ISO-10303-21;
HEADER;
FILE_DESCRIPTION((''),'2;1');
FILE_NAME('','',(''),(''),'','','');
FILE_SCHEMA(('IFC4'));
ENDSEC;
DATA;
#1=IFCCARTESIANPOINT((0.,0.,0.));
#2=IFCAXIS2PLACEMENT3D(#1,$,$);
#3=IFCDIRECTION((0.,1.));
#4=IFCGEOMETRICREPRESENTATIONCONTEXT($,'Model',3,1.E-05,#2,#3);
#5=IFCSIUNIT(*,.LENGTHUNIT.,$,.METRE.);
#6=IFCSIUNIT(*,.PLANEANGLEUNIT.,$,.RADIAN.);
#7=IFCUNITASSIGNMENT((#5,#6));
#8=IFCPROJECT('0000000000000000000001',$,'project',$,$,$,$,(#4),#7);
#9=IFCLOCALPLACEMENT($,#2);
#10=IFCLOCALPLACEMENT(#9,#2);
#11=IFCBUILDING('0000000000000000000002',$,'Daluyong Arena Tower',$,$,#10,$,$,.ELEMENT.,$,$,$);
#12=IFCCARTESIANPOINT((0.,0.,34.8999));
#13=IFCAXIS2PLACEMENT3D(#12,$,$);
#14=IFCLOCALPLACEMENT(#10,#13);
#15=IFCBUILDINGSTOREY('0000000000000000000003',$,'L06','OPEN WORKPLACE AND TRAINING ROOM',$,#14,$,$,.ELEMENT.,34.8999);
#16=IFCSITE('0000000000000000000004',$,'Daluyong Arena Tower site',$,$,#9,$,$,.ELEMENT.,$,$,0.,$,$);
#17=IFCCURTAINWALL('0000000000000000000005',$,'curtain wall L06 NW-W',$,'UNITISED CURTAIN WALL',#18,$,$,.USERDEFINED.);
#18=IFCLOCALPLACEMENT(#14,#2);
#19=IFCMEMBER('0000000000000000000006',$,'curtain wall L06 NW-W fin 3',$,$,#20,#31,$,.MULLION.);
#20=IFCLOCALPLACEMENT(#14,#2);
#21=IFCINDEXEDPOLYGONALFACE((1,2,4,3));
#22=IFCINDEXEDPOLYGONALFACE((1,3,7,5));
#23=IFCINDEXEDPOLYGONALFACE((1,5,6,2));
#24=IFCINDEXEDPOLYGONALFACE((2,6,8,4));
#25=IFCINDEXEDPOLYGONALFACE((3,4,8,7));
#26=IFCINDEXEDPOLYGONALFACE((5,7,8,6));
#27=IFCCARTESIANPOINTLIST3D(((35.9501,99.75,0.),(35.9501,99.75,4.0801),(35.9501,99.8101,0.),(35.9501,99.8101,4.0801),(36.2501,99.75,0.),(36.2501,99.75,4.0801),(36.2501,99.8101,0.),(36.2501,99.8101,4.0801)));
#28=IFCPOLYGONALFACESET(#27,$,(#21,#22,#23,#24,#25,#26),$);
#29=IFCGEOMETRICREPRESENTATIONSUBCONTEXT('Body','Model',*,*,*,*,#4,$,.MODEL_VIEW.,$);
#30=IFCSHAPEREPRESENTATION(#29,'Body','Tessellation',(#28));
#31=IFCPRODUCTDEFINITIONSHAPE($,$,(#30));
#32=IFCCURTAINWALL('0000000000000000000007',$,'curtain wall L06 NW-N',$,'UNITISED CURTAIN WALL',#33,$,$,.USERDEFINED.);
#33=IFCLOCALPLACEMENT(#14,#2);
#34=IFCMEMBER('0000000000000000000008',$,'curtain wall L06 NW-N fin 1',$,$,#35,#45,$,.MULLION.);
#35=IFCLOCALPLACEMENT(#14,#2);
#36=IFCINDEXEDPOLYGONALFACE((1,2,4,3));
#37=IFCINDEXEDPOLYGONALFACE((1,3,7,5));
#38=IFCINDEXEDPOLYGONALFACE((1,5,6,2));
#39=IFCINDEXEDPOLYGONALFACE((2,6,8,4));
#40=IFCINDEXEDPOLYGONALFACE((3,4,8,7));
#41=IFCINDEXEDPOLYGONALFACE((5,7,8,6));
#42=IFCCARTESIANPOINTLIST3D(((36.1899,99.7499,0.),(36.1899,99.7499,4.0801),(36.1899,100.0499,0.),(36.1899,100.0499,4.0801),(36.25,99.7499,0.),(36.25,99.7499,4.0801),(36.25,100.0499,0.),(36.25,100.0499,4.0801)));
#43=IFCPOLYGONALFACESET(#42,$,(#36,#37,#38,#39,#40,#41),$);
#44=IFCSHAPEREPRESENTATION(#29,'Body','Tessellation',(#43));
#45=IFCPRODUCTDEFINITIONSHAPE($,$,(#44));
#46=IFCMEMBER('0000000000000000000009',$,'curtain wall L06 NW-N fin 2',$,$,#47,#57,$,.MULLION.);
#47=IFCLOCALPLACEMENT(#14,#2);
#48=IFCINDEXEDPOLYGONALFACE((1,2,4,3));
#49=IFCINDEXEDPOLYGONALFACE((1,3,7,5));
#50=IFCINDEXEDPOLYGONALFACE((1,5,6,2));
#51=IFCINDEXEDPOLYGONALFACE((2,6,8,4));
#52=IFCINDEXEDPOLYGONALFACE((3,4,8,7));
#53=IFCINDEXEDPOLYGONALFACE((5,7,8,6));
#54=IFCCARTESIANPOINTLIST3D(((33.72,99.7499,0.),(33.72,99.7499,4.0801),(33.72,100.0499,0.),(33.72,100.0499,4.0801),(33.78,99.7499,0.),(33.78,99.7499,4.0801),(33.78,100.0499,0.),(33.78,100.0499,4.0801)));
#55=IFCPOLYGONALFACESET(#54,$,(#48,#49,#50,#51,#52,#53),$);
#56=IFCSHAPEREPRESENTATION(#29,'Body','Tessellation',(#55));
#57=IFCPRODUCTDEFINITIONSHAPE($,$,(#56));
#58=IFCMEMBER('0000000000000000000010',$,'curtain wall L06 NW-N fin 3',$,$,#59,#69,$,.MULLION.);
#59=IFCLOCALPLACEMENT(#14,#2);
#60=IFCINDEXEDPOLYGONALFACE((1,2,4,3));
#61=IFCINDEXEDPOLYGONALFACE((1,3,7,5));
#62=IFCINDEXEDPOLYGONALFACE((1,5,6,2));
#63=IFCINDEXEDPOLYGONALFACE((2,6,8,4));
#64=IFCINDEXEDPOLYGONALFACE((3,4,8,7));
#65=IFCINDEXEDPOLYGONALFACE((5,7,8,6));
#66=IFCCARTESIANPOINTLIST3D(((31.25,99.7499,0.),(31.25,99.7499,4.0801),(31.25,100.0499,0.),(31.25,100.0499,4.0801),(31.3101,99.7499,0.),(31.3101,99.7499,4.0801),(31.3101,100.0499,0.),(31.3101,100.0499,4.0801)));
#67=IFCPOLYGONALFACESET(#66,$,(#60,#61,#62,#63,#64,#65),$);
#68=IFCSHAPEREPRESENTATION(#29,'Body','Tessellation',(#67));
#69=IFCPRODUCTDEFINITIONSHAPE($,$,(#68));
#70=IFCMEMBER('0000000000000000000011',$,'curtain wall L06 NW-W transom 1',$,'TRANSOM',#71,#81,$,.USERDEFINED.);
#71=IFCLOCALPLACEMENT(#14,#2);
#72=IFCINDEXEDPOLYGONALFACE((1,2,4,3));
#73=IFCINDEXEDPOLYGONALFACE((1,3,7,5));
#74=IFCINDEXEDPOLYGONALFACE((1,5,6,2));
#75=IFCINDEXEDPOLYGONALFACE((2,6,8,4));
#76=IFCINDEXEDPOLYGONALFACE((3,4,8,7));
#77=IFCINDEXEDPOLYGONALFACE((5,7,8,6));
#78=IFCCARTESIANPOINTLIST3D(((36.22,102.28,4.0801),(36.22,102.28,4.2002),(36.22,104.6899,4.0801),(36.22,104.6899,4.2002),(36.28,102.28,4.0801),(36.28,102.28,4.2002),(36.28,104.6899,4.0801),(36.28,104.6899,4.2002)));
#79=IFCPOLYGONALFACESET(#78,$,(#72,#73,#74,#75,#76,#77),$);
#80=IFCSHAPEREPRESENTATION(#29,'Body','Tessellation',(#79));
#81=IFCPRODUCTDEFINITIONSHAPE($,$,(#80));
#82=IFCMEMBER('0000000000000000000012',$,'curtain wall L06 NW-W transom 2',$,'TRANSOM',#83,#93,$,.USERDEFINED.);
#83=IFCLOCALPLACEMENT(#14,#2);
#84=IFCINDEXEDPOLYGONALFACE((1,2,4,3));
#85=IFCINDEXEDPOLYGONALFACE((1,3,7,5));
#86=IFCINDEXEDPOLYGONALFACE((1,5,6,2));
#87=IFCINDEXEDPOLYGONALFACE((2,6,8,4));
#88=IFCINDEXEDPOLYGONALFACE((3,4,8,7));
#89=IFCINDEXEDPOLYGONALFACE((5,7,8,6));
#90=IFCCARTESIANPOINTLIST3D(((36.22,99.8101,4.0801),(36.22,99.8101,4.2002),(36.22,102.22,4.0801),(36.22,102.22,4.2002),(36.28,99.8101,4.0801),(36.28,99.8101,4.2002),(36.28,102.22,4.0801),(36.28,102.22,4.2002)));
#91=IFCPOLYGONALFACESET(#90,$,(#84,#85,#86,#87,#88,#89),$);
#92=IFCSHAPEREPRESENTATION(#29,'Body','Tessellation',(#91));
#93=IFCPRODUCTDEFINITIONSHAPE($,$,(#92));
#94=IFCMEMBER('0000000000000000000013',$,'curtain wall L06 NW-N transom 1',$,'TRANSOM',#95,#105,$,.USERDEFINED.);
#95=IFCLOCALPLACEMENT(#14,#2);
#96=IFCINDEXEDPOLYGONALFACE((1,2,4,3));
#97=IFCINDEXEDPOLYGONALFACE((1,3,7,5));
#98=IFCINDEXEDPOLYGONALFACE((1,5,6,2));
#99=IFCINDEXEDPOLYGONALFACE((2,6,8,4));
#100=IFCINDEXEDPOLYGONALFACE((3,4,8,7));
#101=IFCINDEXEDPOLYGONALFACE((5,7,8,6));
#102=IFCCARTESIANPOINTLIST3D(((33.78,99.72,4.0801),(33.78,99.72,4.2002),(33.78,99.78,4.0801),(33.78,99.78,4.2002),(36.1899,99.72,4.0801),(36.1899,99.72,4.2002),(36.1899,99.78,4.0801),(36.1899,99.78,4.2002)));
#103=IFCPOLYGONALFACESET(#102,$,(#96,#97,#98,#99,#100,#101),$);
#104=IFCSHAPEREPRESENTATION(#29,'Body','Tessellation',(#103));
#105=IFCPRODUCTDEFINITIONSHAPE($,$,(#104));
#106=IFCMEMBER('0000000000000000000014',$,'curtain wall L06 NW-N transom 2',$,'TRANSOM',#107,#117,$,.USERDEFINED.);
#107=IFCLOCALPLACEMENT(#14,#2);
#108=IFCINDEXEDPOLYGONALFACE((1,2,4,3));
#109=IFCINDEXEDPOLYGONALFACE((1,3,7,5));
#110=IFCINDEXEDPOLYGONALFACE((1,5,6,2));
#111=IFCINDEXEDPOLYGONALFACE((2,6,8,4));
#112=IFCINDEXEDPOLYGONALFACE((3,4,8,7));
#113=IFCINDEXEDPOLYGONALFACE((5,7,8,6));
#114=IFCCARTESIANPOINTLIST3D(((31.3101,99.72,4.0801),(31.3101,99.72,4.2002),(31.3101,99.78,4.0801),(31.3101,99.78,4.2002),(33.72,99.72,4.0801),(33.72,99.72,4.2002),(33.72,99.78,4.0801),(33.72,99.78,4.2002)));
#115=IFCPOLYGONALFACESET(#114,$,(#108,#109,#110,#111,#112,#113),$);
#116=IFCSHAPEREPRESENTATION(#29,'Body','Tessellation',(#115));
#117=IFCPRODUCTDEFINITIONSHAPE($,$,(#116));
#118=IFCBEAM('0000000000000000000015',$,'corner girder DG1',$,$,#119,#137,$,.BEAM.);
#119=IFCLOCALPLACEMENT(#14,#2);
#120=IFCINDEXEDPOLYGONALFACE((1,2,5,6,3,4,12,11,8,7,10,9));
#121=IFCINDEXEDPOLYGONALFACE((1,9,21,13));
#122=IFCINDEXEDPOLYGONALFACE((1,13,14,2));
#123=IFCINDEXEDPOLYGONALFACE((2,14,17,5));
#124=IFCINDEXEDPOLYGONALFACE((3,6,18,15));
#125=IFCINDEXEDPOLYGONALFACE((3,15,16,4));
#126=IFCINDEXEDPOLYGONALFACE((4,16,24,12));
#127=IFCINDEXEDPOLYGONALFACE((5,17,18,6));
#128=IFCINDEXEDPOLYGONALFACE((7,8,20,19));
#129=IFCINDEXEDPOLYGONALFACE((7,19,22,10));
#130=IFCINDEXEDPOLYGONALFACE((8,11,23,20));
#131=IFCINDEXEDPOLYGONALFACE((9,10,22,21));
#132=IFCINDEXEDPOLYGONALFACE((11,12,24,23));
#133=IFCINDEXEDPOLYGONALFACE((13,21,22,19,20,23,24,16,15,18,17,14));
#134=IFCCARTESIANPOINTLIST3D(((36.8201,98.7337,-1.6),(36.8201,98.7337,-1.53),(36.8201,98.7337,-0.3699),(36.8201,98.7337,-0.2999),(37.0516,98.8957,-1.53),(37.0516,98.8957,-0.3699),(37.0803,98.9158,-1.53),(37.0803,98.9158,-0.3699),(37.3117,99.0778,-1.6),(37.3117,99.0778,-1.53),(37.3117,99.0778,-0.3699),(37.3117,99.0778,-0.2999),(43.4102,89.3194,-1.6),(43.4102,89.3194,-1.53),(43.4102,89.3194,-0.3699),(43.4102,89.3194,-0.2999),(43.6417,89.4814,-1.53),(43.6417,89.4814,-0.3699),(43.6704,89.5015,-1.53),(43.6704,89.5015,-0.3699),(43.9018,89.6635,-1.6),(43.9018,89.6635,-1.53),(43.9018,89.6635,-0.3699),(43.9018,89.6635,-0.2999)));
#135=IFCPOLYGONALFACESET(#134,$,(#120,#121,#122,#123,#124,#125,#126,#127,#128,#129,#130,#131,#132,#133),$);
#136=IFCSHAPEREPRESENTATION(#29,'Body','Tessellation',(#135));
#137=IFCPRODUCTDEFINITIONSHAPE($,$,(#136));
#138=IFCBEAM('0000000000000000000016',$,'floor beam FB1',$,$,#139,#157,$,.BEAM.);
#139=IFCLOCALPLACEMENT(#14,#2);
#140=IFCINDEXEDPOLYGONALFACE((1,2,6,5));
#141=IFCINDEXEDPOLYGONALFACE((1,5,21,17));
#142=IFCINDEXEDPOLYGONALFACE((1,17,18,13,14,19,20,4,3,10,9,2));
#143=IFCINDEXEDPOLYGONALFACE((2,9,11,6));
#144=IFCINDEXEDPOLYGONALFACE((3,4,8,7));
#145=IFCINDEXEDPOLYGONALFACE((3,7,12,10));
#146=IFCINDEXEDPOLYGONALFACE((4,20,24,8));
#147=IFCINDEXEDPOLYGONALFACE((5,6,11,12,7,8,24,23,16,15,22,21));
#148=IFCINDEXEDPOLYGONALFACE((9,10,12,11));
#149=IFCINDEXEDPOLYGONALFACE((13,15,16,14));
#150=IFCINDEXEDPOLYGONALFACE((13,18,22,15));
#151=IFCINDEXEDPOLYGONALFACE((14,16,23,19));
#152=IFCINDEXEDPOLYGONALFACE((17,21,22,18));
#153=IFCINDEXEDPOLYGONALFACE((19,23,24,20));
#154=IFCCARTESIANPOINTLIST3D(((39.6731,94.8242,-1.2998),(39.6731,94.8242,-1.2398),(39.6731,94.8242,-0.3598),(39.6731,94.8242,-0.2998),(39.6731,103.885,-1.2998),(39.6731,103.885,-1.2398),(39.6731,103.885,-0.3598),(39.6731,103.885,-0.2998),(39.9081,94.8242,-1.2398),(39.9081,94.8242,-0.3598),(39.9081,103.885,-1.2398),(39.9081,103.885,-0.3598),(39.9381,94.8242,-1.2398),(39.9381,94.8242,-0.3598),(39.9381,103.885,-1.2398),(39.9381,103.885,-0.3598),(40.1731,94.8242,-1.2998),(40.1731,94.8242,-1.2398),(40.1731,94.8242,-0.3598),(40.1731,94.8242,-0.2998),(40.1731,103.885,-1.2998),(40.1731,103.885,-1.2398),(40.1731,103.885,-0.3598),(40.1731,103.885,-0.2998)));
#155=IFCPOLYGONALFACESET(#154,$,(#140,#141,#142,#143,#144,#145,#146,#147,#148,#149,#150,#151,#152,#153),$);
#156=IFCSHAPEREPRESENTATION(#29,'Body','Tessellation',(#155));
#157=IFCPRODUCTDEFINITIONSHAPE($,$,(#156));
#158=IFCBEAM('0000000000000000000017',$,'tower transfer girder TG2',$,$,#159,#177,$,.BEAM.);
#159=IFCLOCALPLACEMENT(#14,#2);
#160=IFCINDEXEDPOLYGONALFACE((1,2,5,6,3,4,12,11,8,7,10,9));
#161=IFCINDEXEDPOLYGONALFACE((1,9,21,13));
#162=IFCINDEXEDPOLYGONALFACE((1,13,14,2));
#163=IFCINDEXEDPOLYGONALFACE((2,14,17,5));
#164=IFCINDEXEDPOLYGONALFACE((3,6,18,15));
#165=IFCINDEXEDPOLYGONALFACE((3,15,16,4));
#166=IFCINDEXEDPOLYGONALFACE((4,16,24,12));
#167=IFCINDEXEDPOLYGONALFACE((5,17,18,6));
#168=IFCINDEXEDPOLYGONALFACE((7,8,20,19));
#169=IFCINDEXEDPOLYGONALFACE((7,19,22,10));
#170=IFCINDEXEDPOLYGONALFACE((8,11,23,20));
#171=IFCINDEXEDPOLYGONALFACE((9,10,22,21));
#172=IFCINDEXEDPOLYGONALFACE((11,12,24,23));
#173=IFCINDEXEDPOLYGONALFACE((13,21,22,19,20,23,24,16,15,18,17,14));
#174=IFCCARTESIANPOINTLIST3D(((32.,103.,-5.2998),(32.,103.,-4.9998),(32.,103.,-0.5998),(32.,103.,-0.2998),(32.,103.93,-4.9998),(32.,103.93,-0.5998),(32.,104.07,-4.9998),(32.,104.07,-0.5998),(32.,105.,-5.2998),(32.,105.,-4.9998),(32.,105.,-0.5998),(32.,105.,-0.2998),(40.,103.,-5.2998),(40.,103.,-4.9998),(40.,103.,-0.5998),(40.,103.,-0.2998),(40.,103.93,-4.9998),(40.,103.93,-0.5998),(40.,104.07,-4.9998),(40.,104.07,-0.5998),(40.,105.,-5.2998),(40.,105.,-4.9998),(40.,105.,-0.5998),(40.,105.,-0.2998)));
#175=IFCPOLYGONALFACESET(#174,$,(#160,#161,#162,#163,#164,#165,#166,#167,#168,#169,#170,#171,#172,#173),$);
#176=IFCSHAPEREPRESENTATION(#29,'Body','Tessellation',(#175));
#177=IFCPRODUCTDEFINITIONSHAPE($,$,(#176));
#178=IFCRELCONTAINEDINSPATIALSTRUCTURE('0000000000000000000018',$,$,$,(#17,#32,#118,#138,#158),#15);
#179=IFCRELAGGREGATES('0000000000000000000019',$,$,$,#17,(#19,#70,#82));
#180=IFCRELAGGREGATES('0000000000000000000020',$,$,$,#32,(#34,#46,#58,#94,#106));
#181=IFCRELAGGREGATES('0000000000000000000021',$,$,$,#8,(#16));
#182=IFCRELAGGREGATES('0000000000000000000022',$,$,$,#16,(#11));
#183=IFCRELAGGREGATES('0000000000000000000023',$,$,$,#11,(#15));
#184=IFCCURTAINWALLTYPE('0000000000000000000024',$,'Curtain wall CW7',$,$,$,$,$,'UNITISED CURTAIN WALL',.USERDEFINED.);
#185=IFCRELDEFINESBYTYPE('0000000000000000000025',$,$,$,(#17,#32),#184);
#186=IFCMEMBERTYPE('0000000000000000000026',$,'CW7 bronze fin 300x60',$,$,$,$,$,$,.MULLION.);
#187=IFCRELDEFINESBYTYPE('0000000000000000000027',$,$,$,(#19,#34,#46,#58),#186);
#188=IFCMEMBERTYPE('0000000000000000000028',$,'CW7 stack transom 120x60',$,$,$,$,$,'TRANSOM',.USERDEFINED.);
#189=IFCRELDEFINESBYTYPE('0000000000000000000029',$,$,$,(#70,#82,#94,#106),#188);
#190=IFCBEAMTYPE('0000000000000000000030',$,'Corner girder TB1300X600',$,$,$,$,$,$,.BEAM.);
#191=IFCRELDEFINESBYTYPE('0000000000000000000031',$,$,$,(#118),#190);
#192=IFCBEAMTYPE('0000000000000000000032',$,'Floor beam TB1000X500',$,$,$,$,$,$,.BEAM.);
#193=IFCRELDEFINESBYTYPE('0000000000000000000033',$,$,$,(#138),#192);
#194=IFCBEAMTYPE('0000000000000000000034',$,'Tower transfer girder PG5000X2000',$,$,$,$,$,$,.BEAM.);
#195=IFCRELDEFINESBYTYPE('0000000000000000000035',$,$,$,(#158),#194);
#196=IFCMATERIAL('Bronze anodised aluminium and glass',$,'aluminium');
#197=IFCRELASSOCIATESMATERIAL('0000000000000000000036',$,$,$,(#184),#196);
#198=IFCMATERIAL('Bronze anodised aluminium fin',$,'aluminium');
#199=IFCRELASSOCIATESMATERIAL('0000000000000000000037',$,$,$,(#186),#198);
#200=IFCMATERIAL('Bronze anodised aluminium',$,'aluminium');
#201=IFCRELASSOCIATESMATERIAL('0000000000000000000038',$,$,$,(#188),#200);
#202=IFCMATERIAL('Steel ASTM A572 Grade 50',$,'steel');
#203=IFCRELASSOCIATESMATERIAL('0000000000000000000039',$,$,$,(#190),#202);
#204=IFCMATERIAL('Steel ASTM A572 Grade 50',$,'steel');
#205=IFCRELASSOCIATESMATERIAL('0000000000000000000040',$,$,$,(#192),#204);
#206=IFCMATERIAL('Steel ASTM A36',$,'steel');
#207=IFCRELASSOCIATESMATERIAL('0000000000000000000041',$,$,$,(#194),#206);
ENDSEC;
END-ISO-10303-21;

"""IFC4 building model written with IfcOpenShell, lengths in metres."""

from ifc_helpers import new_model, si_unit, direction, frame, origin, origin_2d, place, context, subcontext, project, spatial, rectangle, i_section, extrude, material, material_profile, profile_set, type_object, element, aggregate, save


model = new_model("IFC4")

# Units and contexts
model_context = context("Model", 3, precision=1e-05, world=origin(), true_north=direction((0.0, 1.0)))
body_context = subcontext(model_context, "Body", "Model", "MODEL_VIEW")
ifc_project = project(units=[si_unit("LENGTHUNIT", "METRE"), si_unit("PLANEANGLEUNIT", "RADIAN")], contexts=[model_context])

# Site, building, storey
site_placement = place(None, origin())
site = spatial("IfcSite", under=ifc_project, at=site_placement, Name="Daluyong Arena Tower site", CompositionType="ELEMENT", RefElevation=0.0)
building_placement = place(site_placement, origin())
building = spatial("IfcBuilding", under=site, at=building_placement, Name="Daluyong Arena Tower", CompositionType="ELEMENT")
storey_placement = place(building_placement, frame((0.0, 0.0, 34.8999)))
storey = spatial("IfcBuildingStorey", under=building, at=storey_placement, Name="L06", Description="OPEN WORKPLACE AND TRAINING ROOM", CompositionType="ELEMENT", Elevation=34.8999)

# Curtain walls, members
ifc_material_1 = material(Name="Bronze anodised aluminium and glass", Category="aluminium")
curtain_wall_type_1 = type_object("IfcCurtainWallType", Name="Curtain wall CW7", ElementType="UNITISED CURTAIN WALL", PredefinedType="USERDEFINED", material=ifc_material_1)
curtain_wall_1_placement = place(storey_placement, origin())
curtain_wall_1 = element("IfcCurtainWall", 1, at=curtain_wall_1_placement, inside=storey, type_object=curtain_wall_type_1, Name="curtain wall L06 NW-W", ObjectType="UNITISED CURTAIN WALL", PredefinedType="USERDEFINED")
ifc_material_2 = material(Name="Bronze anodised aluminium fin", Category="aluminium")
ifc_material_profile_1 = material_profile(ifc_material_2, rectangle(XDim=0.3, YDim=0.0601, at=origin_2d()))
ifc_profile_set_1 = profile_set([ifc_material_profile_1], Name="Bronze anodised aluminium fin")
member_type_1 = type_object("IfcMemberType", Name="CW7 bronze fin 300x60", PredefinedType="MULLION", material=ifc_profile_set_1)
member_1_placement = place(storey_placement, frame((36.1001, 99.78, 0.0), z_axis=(0.0, 0.0, 1.0), x_axis=(1.0, 0.0, 0.0)))
member_1 = element("IfcMember", 2, at=member_1_placement, type_object=member_type_1, Name="curtain wall L06 NW-W fin 3", PredefinedType="MULLION", context=body_context, shape_type="SweptSolid", body=[
    extrude(rectangle(XDim=0.3, YDim=0.0601, at=origin_2d()), origin(), (0.0, 0.0, 1.0), 4.0801),
])
curtain_wall_2_placement = place(storey_placement, origin())
curtain_wall_2 = element("IfcCurtainWall", 3, at=curtain_wall_2_placement, inside=storey, type_object=curtain_wall_type_1, Name="curtain wall L06 NW-N", ObjectType="UNITISED CURTAIN WALL", PredefinedType="USERDEFINED")
member_2_placement = place(storey_placement, frame((36.22, 99.8999, 0.0), z_axis=(0.0, 0.0, 1.0), x_axis=(0.0, -1.0, 0.0)))
member_2 = element("IfcMember", 4, at=member_2_placement, type_object=member_type_1, Name="curtain wall L06 NW-N fin 1", PredefinedType="MULLION", context=body_context, shape_type="SweptSolid", body=[
    extrude(rectangle(XDim=0.3, YDim=0.0601, at=origin_2d()), origin(), (0.0, 0.0, 1.0), 4.0801),
])
member_3_placement = place(storey_placement, frame((33.75, 99.8999, 0.0), z_axis=(0.0, 0.0, 1.0), x_axis=(0.0, -1.0, 0.0)))
member_3 = element("IfcMember", 5, at=member_3_placement, type_object=member_type_1, Name="curtain wall L06 NW-N fin 2", PredefinedType="MULLION", context=body_context, shape_type="SweptSolid", body=[
    extrude(rectangle(XDim=0.3, YDim=0.0601, at=origin_2d()), origin(), (0.0, 0.0, 1.0), 4.0801),
])
member_4_placement = place(storey_placement, frame((31.28, 99.8999, 0.0), z_axis=(0.0, 0.0, 1.0), x_axis=(0.0, -1.0, 0.0)))
member_4 = element("IfcMember", 6, at=member_4_placement, type_object=member_type_1, Name="curtain wall L06 NW-N fin 3", PredefinedType="MULLION", context=body_context, shape_type="SweptSolid", body=[
    extrude(rectangle(XDim=0.3, YDim=0.0601, at=origin_2d()), origin(), (0.0, 0.0, 1.0), 4.0801),
])

# Members
ifc_material_3 = material(Name="Bronze anodised aluminium", Category="aluminium")
ifc_material_profile_2 = material_profile(ifc_material_3, rectangle(XDim=0.0601, YDim=0.1201, at=origin_2d()))
ifc_profile_set_2 = profile_set([ifc_material_profile_2], Name="Bronze anodised aluminium")
member_type_2 = type_object("IfcMemberType", Name="CW7 stack transom 120x60", ElementType="TRANSOM", PredefinedType="USERDEFINED", material=ifc_profile_set_2)
member_5_placement = place(storey_placement, frame((36.25, 104.6899, 4.1401), z_axis=(0.0, -1.0, 0.0), x_axis=(1.0, 0.0, 0.0)))
member_5 = element("IfcMember", 7, at=member_5_placement, type_object=member_type_2, Name="curtain wall L06 NW-W transom 1", ObjectType="TRANSOM", PredefinedType="USERDEFINED", context=body_context, shape_type="SweptSolid", body=[
    extrude(rectangle(XDim=0.0601, YDim=0.1201, at=origin_2d()), origin(), (0.0, 0.0, 1.0), 2.4099),
])
member_6_placement = place(storey_placement, frame((36.25, 102.22, 4.1401), z_axis=(0.0, -1.0, 0.0), x_axis=(1.0, 0.0, 0.0)))
member_6 = element("IfcMember", 8, at=member_6_placement, type_object=member_type_2, Name="curtain wall L06 NW-W transom 2", ObjectType="TRANSOM", PredefinedType="USERDEFINED", context=body_context, shape_type="SweptSolid", body=[
    extrude(rectangle(XDim=0.0601, YDim=0.1201, at=origin_2d()), origin(), (0.0, 0.0, 1.0), 2.4099),
])
member_7_placement = place(storey_placement, frame((36.1899, 99.75, 4.1401), z_axis=(-1.0, 0.0, 0.0), x_axis=(0.0, -1.0, 0.0)))
member_7 = element("IfcMember", 9, at=member_7_placement, type_object=member_type_2, Name="curtain wall L06 NW-N transom 1", ObjectType="TRANSOM", PredefinedType="USERDEFINED", context=body_context, shape_type="SweptSolid", body=[
    extrude(rectangle(XDim=0.0601, YDim=0.1201, at=origin_2d()), origin(), (0.0, 0.0, 1.0), 2.4099),
])
member_8_placement = place(storey_placement, frame((33.72, 99.75, 4.1401), z_axis=(-1.0, 0.0, 0.0), x_axis=(0.0, -1.0, 0.0)))
member_8 = element("IfcMember", 10, at=member_8_placement, type_object=member_type_2, Name="curtain wall L06 NW-N transom 2", ObjectType="TRANSOM", PredefinedType="USERDEFINED", context=body_context, shape_type="SweptSolid", body=[
    extrude(rectangle(XDim=0.0601, YDim=0.1201, at=origin_2d()), origin(), (0.0, 0.0, 1.0), 2.4099),
])

# Beams
ifc_material_4 = material(Name="Steel ASTM A572 Grade 50", Category="steel")
ifc_material_profile_3 = material_profile(ifc_material_4, i_section(OverallWidth=0.6001, OverallDepth=1.3, WebThickness=0.035, FlangeThickness=0.07, at=origin_2d()))
ifc_profile_set_3 = profile_set([ifc_material_profile_3], Name="Steel ASTM A572 Grade 50")
beam_type_1 = type_object("IfcBeamType", Name="Corner girder TB1300X600", PredefinedType="BEAM", material=ifc_profile_set_3)
beam_1_placement = place(storey_placement, frame((37.0659, 98.9058, -0.95), z_axis=(0.573467, -0.819229, 0.0), x_axis=(0.819229, 0.573467, 0.0)))
element("IfcBeam", 11, at=beam_1_placement, inside=storey, type_object=beam_type_1, Name="corner girder DG1", PredefinedType="BEAM", context=body_context, shape_type="SweptSolid", body=[
    extrude(i_section(OverallWidth=0.6001, OverallDepth=1.3, WebThickness=0.035, FlangeThickness=0.07, at=origin_2d()), origin(), (0.0, 0.0, 1.0), 11.4917),
])
ifc_material_5 = material(Name="Steel ASTM A572 Grade 50", Category="steel")
ifc_material_profile_4 = material_profile(ifc_material_5, i_section(OverallWidth=0.5, OverallDepth=1.0, WebThickness=0.03, FlangeThickness=0.06, at=origin_2d()))
ifc_profile_set_4 = profile_set([ifc_material_profile_4], Name="Steel ASTM A572 Grade 50")
beam_type_2 = type_object("IfcBeamType", Name="Floor beam TB1000X500", PredefinedType="BEAM", material=ifc_profile_set_4)
beam_2_placement = place(storey_placement, frame((39.9231, 103.885, -0.7998), z_axis=(0.0, -1.0, 0.0), x_axis=(1.0, 0.0, 0.0)))
element("IfcBeam", 12, at=beam_2_placement, inside=storey, type_object=beam_type_2, Name="floor beam FB1", PredefinedType="BEAM", context=body_context, shape_type="SweptSolid", body=[
    extrude(i_section(OverallWidth=0.5, OverallDepth=1.0, WebThickness=0.03, FlangeThickness=0.06, at=origin_2d()), origin(), (0.0, 0.0, 1.0), 9.0608),
])
ifc_material_6 = material(Name="Steel ASTM A36", Category="steel")
ifc_material_profile_5 = material_profile(ifc_material_6, i_section(OverallWidth=2.0, OverallDepth=5.0, WebThickness=0.14, FlangeThickness=0.3, at=origin_2d()))
ifc_profile_set_5 = profile_set([ifc_material_profile_5], Name="Steel ASTM A36")
beam_type_3 = type_object("IfcBeamType", Name="Tower transfer girder PG5000X2000", PredefinedType="BEAM", material=ifc_profile_set_5)
beam_3_placement = place(storey_placement, frame((32.0, 104.0, -2.7998), z_axis=(1.0, 0.0, 0.0), x_axis=(0.0, 1.0, 0.0)))
element("IfcBeam", 13, at=beam_3_placement, inside=storey, type_object=beam_type_3, Name="tower transfer girder TG2", PredefinedType="BEAM", context=body_context, shape_type="SweptSolid", body=[
    extrude(i_section(OverallWidth=2.0, OverallDepth=5.0, WebThickness=0.14, FlangeThickness=0.3, at=origin_2d()), origin(), (0.0, 0.0, 1.0), 8.0),
])

aggregate(curtain_wall_1, [member_1, member_5, member_6])
aggregate(curtain_wall_2, [member_2, member_3, member_4, member_7, member_8])

save(model, "model.ifc")
